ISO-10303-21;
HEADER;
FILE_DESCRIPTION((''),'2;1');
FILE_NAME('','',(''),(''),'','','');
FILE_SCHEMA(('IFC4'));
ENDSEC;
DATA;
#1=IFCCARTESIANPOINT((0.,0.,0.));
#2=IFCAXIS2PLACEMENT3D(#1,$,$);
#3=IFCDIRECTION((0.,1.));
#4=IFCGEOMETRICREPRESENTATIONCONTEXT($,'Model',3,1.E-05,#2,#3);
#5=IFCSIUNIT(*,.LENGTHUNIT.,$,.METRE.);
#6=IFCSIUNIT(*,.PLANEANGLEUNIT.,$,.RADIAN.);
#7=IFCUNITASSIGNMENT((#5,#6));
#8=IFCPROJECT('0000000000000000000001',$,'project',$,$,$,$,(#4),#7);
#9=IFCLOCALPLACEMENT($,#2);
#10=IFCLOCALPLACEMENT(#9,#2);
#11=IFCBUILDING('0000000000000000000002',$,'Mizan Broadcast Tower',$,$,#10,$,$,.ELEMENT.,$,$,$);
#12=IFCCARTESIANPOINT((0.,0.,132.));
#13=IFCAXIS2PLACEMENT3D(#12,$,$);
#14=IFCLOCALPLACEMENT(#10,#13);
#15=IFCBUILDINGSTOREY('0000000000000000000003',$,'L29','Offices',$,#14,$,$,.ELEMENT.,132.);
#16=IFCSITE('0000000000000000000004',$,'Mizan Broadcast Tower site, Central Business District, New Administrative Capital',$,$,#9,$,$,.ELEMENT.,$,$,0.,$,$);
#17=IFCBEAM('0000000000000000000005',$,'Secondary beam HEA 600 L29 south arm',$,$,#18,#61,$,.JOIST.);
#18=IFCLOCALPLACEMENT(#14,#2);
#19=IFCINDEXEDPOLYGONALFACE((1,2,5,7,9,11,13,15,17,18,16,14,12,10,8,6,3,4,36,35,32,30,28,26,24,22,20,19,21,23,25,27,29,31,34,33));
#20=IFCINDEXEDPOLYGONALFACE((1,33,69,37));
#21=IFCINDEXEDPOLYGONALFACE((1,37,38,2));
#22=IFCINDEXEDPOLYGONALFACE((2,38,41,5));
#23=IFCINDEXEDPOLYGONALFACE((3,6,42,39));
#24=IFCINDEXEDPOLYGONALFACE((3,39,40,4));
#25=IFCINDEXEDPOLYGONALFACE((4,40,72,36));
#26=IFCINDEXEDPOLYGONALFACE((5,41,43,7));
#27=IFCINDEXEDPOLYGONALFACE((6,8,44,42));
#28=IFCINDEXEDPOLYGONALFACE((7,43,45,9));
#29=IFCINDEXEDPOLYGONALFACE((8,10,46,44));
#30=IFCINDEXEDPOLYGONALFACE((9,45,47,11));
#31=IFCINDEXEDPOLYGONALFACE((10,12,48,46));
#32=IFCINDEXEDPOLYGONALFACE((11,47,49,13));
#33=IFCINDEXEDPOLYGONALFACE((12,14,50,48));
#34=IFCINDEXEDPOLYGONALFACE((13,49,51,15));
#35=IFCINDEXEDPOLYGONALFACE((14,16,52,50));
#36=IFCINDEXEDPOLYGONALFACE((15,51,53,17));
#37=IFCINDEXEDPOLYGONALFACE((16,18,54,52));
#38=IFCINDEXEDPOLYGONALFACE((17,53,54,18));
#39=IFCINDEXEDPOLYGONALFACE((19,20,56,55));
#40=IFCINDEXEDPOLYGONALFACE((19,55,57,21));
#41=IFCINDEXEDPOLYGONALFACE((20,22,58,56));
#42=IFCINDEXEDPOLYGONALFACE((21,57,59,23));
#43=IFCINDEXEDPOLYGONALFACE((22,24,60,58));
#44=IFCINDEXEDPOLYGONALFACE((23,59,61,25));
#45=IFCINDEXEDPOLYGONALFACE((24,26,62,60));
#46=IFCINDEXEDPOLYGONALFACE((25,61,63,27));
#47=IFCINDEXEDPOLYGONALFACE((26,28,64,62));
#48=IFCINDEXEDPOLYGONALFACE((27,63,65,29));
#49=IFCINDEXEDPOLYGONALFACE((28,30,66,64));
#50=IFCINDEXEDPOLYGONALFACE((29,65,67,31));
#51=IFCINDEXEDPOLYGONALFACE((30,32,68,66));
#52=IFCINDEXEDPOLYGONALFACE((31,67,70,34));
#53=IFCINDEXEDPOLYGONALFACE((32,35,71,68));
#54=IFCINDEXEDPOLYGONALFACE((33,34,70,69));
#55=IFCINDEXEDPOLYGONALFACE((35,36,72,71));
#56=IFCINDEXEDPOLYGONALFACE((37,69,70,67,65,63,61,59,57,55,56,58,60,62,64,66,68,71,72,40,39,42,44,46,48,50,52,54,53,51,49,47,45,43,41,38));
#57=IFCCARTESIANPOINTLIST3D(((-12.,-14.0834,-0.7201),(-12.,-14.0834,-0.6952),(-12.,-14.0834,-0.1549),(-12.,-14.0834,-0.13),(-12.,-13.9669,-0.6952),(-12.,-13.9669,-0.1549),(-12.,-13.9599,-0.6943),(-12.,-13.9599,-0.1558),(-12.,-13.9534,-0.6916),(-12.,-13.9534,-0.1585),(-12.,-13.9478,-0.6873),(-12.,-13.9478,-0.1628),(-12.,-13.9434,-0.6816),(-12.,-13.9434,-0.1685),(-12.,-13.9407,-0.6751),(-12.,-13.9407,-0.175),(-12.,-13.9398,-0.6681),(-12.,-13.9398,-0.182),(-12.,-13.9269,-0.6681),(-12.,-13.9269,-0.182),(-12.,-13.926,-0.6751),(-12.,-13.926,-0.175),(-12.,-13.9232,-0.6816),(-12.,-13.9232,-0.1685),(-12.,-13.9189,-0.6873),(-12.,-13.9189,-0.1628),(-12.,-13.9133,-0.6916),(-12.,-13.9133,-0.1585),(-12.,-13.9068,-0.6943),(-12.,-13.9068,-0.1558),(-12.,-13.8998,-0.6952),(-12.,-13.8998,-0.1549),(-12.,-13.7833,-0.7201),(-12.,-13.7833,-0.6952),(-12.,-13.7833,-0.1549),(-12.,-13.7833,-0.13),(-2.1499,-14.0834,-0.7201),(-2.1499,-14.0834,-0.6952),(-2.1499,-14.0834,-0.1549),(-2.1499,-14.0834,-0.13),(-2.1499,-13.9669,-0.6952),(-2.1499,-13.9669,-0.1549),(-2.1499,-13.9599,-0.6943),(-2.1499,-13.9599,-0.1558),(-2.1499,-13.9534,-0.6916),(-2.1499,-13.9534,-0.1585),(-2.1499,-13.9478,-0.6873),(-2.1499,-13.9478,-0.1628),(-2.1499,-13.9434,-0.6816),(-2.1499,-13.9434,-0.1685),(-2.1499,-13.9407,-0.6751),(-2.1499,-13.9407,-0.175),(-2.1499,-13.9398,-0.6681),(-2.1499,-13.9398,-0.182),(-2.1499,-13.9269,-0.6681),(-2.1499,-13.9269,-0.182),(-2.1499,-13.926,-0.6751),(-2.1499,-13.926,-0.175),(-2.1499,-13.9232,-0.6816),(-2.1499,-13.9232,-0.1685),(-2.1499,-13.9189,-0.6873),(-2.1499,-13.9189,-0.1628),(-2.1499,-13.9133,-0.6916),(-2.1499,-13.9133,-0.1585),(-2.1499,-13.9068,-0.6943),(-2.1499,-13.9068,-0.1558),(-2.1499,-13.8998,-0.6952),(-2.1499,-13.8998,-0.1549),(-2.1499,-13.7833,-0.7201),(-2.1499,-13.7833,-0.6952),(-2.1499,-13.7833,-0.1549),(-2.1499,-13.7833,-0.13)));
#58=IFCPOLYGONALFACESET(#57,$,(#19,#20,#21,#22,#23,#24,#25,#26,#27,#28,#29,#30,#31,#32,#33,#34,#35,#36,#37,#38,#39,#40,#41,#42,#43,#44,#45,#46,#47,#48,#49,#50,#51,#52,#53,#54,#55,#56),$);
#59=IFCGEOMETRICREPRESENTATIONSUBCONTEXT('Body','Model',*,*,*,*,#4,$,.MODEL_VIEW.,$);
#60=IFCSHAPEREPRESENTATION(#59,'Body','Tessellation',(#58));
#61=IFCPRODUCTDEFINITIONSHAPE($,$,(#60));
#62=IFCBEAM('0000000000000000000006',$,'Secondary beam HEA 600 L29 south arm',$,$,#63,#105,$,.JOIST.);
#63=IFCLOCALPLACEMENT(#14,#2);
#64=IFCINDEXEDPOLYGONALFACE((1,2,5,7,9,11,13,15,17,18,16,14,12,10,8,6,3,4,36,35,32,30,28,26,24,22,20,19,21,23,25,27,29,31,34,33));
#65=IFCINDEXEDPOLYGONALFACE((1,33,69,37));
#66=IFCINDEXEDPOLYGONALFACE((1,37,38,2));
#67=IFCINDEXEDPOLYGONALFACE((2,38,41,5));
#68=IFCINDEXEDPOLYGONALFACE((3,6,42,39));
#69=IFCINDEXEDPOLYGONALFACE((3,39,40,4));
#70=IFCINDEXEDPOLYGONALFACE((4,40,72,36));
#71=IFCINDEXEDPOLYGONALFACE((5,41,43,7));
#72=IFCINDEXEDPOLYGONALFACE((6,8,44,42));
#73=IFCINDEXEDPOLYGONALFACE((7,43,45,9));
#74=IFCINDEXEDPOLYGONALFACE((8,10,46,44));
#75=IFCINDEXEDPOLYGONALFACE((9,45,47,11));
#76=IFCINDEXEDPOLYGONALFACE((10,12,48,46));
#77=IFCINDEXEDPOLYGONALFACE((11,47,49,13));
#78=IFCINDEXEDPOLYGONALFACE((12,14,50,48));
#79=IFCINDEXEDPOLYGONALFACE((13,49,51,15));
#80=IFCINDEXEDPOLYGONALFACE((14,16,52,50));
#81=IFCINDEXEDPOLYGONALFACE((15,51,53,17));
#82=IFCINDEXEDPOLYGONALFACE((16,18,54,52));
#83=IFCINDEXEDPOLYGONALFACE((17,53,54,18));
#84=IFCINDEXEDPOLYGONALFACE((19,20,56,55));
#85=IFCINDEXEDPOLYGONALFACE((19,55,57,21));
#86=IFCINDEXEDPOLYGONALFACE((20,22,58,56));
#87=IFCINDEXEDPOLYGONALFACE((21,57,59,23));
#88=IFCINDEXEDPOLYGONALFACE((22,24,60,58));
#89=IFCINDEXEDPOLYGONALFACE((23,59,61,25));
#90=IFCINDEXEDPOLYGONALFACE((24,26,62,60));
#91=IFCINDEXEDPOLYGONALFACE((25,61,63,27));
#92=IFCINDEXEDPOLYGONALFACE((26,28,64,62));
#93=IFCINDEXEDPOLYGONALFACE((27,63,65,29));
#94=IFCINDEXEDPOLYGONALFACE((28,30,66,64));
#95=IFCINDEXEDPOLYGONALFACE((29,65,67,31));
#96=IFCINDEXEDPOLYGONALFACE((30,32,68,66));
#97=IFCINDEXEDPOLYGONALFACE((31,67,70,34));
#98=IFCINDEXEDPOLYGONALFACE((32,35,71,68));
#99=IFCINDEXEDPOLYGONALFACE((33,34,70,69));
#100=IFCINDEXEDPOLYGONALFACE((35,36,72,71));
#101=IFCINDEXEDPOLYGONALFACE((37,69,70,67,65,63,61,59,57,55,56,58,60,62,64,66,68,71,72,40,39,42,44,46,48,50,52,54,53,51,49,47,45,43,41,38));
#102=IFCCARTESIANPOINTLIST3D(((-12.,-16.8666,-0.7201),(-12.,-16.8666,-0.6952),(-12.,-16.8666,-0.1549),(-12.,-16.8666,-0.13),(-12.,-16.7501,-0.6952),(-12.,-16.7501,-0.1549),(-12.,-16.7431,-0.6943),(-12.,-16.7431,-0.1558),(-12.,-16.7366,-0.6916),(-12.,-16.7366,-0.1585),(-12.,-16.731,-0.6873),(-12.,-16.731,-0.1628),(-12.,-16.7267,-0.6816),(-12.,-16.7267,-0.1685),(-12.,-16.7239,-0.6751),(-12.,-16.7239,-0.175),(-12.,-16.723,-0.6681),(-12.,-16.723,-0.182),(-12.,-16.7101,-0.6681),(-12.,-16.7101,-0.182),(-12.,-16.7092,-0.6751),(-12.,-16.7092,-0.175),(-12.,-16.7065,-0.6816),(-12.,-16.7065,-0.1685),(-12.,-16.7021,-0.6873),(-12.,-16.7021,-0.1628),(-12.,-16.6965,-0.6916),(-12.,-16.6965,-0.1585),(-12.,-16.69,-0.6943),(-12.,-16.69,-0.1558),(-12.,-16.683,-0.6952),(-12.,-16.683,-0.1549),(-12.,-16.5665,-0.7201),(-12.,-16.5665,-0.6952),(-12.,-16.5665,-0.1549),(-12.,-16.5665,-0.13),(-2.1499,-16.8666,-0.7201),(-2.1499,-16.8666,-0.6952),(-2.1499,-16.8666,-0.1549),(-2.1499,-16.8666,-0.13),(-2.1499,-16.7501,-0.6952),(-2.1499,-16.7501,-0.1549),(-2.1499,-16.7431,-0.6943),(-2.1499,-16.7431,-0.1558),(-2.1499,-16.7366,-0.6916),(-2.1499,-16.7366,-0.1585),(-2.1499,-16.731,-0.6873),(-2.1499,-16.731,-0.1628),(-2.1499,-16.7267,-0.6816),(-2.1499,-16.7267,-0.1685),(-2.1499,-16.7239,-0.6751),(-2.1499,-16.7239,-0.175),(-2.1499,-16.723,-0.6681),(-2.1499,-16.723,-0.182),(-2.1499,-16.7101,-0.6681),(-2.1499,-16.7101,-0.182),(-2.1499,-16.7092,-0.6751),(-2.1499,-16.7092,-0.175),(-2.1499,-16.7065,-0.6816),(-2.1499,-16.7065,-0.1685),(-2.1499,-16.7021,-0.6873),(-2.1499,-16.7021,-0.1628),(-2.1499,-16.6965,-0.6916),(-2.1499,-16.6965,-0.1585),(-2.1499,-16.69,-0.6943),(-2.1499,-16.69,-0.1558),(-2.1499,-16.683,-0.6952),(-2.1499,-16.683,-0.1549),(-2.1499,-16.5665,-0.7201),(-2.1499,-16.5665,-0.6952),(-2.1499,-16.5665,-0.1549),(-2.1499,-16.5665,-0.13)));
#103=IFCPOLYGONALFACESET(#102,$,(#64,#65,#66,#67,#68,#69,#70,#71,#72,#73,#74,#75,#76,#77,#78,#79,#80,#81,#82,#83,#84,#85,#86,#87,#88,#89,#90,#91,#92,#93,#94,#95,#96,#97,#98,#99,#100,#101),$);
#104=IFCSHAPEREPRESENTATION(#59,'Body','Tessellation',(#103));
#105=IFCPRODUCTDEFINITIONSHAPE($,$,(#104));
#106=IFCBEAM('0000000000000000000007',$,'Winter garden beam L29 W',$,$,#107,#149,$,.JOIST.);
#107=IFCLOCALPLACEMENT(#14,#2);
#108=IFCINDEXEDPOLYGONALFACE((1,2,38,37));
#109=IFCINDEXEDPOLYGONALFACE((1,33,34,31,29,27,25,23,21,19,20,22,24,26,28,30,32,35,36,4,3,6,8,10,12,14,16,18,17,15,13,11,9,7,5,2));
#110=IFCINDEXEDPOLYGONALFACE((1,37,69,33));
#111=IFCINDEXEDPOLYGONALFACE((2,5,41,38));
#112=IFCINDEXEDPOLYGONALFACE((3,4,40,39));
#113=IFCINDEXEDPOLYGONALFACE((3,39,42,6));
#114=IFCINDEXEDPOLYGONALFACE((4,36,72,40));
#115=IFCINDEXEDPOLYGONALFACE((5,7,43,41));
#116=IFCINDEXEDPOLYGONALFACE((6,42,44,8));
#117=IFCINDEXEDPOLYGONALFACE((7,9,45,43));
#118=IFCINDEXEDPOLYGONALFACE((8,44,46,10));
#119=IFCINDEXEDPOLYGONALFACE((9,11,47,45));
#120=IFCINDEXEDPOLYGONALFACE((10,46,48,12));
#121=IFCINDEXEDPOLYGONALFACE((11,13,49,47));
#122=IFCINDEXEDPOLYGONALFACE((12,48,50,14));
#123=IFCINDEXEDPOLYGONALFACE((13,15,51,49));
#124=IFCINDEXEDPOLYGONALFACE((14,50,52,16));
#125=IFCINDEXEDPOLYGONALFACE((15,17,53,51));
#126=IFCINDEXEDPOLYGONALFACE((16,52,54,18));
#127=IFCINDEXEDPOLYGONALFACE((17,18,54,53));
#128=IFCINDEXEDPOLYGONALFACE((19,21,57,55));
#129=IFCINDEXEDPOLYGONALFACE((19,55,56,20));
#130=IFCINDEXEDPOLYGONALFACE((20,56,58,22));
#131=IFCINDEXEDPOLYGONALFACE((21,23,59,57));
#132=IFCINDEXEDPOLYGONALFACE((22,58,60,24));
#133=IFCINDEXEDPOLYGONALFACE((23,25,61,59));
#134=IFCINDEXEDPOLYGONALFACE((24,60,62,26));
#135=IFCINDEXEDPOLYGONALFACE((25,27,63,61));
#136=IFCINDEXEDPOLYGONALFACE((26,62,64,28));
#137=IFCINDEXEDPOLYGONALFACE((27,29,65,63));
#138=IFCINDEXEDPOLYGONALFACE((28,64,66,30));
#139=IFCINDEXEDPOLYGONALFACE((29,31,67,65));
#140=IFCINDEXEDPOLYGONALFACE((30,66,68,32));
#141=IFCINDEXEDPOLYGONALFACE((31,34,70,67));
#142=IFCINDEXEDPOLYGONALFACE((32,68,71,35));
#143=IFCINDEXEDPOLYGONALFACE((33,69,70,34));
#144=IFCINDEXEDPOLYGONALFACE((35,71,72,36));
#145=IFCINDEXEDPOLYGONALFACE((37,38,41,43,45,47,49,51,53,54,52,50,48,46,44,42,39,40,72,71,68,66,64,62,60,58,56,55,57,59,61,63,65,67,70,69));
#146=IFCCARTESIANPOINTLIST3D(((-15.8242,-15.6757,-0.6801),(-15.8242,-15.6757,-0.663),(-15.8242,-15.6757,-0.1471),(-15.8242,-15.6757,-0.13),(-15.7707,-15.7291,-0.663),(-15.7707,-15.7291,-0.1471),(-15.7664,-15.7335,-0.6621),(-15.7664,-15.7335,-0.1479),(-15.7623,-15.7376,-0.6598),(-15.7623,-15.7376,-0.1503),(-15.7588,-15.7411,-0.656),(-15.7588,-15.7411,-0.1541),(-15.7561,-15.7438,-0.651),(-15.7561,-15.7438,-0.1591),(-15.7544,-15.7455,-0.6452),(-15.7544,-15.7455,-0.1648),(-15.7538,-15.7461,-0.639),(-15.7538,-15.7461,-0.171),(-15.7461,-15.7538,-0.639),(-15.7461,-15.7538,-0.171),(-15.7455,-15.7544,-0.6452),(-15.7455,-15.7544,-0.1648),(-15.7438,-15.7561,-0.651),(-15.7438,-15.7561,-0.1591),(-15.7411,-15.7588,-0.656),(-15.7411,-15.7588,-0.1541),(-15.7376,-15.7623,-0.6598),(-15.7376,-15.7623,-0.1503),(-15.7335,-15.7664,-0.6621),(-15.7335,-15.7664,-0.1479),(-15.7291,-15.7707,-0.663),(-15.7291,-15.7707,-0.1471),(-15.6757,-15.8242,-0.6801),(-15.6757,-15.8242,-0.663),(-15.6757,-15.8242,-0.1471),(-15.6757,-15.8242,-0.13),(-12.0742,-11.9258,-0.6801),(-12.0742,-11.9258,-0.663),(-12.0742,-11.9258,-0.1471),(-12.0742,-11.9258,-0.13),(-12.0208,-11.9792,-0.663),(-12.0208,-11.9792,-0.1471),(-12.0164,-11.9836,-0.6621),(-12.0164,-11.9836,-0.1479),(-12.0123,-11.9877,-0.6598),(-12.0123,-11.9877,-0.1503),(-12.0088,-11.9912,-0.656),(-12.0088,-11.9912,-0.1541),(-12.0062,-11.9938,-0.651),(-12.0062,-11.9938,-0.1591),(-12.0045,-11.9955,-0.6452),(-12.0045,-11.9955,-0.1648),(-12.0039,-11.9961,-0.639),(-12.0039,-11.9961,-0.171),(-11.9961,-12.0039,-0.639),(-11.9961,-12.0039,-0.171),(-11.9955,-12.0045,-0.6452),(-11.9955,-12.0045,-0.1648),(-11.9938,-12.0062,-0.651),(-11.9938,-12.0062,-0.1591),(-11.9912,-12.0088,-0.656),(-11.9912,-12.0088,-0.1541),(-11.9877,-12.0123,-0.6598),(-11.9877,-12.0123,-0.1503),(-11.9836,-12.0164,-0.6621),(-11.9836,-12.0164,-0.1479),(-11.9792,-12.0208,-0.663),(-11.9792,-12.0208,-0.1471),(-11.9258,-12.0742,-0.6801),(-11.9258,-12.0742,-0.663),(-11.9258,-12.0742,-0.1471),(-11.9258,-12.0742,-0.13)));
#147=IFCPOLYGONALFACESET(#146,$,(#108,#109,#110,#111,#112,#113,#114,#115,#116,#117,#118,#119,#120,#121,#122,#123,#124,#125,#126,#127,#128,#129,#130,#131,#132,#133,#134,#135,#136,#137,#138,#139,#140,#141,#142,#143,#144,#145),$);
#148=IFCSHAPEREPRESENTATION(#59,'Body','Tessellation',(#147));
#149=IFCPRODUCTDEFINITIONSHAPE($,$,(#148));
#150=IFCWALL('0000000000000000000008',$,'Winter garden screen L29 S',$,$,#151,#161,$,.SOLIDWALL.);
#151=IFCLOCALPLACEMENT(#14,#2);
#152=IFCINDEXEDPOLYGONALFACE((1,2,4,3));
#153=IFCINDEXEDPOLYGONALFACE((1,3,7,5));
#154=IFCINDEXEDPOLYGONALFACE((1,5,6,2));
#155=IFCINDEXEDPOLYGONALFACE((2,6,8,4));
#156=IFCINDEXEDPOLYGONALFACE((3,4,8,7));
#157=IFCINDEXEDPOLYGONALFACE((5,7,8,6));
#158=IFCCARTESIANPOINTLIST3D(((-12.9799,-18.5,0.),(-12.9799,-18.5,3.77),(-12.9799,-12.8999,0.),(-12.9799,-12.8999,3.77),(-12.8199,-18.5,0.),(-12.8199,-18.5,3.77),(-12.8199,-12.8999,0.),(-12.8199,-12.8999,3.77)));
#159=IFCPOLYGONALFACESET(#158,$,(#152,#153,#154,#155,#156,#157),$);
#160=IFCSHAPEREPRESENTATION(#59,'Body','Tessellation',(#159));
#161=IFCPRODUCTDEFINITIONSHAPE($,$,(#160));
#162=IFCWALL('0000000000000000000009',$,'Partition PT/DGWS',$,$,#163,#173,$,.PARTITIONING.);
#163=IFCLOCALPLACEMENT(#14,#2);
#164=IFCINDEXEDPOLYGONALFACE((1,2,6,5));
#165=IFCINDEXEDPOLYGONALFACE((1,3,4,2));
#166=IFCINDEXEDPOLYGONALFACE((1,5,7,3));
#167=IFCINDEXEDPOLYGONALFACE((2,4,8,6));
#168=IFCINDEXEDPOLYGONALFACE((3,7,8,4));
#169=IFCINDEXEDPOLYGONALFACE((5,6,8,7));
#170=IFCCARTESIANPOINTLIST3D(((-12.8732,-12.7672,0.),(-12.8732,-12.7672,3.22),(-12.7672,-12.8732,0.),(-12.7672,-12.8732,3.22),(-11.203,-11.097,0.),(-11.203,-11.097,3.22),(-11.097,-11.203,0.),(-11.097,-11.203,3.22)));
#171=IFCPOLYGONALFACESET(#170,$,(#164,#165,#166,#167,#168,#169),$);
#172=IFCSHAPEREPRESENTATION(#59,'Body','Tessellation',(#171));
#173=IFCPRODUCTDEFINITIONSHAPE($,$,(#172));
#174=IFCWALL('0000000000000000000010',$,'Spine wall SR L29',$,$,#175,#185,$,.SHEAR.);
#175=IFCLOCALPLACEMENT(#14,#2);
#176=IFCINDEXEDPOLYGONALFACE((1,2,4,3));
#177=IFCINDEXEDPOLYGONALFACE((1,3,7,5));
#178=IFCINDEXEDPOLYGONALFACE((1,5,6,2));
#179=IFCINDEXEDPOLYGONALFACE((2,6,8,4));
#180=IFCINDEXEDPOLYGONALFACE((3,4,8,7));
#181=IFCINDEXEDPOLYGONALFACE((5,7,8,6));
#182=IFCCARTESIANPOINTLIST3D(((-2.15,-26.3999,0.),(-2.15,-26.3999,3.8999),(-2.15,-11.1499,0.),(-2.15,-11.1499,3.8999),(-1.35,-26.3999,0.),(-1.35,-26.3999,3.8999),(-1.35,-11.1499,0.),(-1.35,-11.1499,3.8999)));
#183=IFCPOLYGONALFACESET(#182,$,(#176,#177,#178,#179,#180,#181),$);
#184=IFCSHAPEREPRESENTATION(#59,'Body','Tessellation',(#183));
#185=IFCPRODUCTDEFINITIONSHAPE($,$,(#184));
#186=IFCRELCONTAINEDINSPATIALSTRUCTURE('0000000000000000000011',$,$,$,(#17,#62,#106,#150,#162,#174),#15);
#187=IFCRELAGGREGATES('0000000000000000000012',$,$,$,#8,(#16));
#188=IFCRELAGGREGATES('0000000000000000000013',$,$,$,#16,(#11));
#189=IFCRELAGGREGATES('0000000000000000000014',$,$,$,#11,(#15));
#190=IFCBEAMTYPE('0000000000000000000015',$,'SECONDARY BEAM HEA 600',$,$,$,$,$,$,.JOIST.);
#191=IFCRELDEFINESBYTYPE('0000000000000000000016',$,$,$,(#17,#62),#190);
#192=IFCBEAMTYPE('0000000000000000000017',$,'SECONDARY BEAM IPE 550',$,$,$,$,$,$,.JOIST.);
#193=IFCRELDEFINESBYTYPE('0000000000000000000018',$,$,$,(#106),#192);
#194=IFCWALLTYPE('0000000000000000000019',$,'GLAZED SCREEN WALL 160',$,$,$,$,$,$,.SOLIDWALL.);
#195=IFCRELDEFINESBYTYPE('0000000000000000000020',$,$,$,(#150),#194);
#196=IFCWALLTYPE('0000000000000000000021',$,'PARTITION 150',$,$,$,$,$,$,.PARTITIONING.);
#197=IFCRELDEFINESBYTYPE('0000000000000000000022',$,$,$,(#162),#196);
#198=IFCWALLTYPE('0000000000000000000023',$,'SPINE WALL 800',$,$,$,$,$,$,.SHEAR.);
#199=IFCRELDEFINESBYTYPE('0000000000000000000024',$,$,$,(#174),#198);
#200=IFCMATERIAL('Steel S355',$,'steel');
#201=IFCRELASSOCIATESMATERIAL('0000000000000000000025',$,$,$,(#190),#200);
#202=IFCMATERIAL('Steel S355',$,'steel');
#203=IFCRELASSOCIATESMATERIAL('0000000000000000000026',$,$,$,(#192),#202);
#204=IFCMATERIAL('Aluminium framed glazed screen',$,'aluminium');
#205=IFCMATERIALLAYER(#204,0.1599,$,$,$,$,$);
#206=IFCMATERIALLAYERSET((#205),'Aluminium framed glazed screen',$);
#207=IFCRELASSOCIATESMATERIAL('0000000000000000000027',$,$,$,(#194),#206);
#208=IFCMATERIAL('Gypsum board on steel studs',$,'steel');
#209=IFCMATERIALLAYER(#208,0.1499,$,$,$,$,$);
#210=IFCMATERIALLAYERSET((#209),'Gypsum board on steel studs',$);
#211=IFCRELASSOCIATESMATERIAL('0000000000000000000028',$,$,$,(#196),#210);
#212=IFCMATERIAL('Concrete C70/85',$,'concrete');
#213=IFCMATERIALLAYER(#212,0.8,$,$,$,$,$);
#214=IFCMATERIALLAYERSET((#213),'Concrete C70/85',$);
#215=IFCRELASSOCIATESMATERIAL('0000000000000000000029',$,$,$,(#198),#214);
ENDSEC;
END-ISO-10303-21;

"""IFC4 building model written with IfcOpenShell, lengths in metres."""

from ifc_helpers import new_model, si_unit, direction, frame, frame_2d, origin, origin_2d, place, context, subcontext, project, spatial, rectangle, i_section, extrude, material, layer, layer_set, material_profile, profile_set, type_object, element, save


model = new_model("IFC4")

# Units and contexts
model_context = context("Model", 3, precision=1e-05, world=origin(), true_north=direction((0.0, 1.0)))
body_context = subcontext(model_context, "Body", "Model", "MODEL_VIEW")
ifc_project = project(units=[si_unit("LENGTHUNIT", "METRE"), si_unit("PLANEANGLEUNIT", "RADIAN")], contexts=[model_context])

# Site, building, storey
site_placement = place(None, origin())
site = spatial("IfcSite", under=ifc_project, at=site_placement, Name="Mizan Broadcast Tower site, Central Business District, New Administrative Capital", CompositionType="ELEMENT", RefElevation=0.0)
building_placement = place(site_placement, origin())
building = spatial("IfcBuilding", under=site, at=building_placement, Name="Mizan Broadcast Tower", CompositionType="ELEMENT")
storey_placement = place(building_placement, frame((0.0, 0.0, 132.0)))
storey = spatial("IfcBuildingStorey", under=building, at=storey_placement, Name="L29", Description="Offices", CompositionType="ELEMENT", Elevation=132.0)

# Beams
ifc_material_1 = material(Name="Steel S355", Category="steel")
ifc_material_profile_1 = material_profile(ifc_material_1, i_section(OverallWidth=0.3, OverallDepth=0.5901, WebThickness=0.0129, FlangeThickness=0.0249, FilletRadius=0.0271, at=origin_2d()), Name="HEA 600")
ifc_profile_set_1 = profile_set([ifc_material_profile_1], Name="Steel S355")
beam_type_1 = type_object("IfcBeamType", Name="SECONDARY BEAM HEA 600", PredefinedType="JOIST", material=ifc_profile_set_1)
for number, where, z_axis, x_axis, name in (
    (1, (-12.0, -13.9333, -0.425), (1.0, 0.0, 0.0), (0.0, 1.0, 0.0), "Secondary beam HEA 600 L29 south arm"),
    (2, (-12.0, -16.7166, -0.425), (1.0, 0.0, 0.0), (0.0, 1.0, 0.0), "Secondary beam HEA 600 L29 south arm"),
):
    element("IfcBeam", number, at=place(storey_placement, frame(where, z_axis=z_axis, x_axis=x_axis)), inside=storey, type_object=beam_type_1, Name=name, PredefinedType="JOIST", context=body_context, shape_type="SweptSolid", body=[
        extrude(i_section(OverallWidth=0.3, OverallDepth=0.5901, WebThickness=0.0129, FlangeThickness=0.0249, FilletRadius=0.0271, at=origin_2d()), origin(), (0.0, 0.0, 1.0), 9.8501),
    ])
ifc_material_2 = material(Name="Steel S355", Category="steel")
ifc_material_profile_2 = material_profile(ifc_material_2, i_section(OverallWidth=0.21, OverallDepth=0.55, WebThickness=0.011, FlangeThickness=0.0171, FilletRadius=0.0239, at=origin_2d()), Name="IPE 550")
ifc_profile_set_2 = profile_set([ifc_material_profile_2], Name="Steel S355")
beam_type_2 = type_object("IfcBeamType", Name="SECONDARY BEAM IPE 550", PredefinedType="JOIST", material=ifc_profile_set_2)
beam_1_placement = place(storey_placement, frame((-12.0, -12.0, -0.405), z_axis=(-0.707107, -0.707107, 0.0), x_axis=(0.707107, -0.707107, 0.0)))
element("IfcBeam", 3, at=beam_1_placement, inside=storey, type_object=beam_type_2, Name="Winter garden beam L29 W", PredefinedType="JOIST", context=body_context, shape_type="SweptSolid", body=[
    extrude(i_section(OverallWidth=0.21, OverallDepth=0.55, WebThickness=0.011, FlangeThickness=0.0171, FilletRadius=0.0239, at=origin_2d()), origin(), (0.0, 0.0, 1.0), 5.3032),
])

# Walls
ifc_material_3 = material(Name="Aluminium framed glazed screen", Category="aluminium")
ifc_layer_1 = layer(ifc_material_3, 0.1599)
ifc_layer_set_1 = layer_set([ifc_layer_1], Name="Aluminium framed glazed screen")
wall_type_1 = type_object("IfcWallType", Name="GLAZED SCREEN WALL 160", PredefinedType="SOLIDWALL", material=ifc_layer_set_1)
wall_1_placement = place(storey_placement, frame((-12.8999, -12.8999, 0.0), z_axis=(0.0, 0.0, 1.0), x_axis=(0.0, -1.0, 0.0)))
element("IfcWall", 4, at=wall_1_placement, inside=storey, type_object=wall_type_1, Name="Winter garden screen L29 S", PredefinedType="SOLIDWALL", context=body_context, shape_type="SweptSolid", body=[
    extrude(rectangle(XDim=5.6001, YDim=0.1599, at=frame_2d((2.8, 0.0))), origin(), (0.0, 0.0, 1.0), 3.77),
])
ifc_material_4 = material(Name="Gypsum board on steel studs", Category="steel")
ifc_layer_2 = layer(ifc_material_4, 0.1499)
ifc_layer_set_2 = layer_set([ifc_layer_2], Name="Gypsum board on steel studs")
wall_type_2 = type_object("IfcWallType", Name="PARTITION 150", PredefinedType="PARTITIONING", material=ifc_layer_set_2)
wall_2_placement = place(storey_placement, frame((-11.1499, -11.1499, 0.0), z_axis=(0.0, 0.0, 1.0), x_axis=(-0.707107, -0.707107, 0.0)))
element("IfcWall", 5, at=wall_2_placement, inside=storey, type_object=wall_type_2, Name="Partition PT/DGWS", PredefinedType="PARTITIONING", context=body_context, shape_type="SweptSolid", body=[
    extrude(rectangle(XDim=2.3621, YDim=0.1499, at=frame_2d((1.1812, 0.0))), origin(), (0.0, 0.0, 1.0), 3.22),
])
ifc_material_5 = material(Name="Concrete C70/85", Category="concrete")
ifc_layer_3 = layer(ifc_material_5, 0.8)
ifc_layer_set_3 = layer_set([ifc_layer_3], Name="Concrete C70/85")
wall_type_3 = type_object("IfcWallType", Name="SPINE WALL 800", PredefinedType="SHEAR", material=ifc_layer_set_3)
wall_3_placement = place(storey_placement, frame((-1.75, -11.1499, 0.0), z_axis=(0.0, 0.0, 1.0), x_axis=(0.0, -1.0, 0.0)))
element("IfcWall", 6, at=wall_3_placement, inside=storey, type_object=wall_type_3, Name="Spine wall SR L29", PredefinedType="SHEAR", context=body_context, shape_type="SweptSolid", body=[
    extrude(rectangle(XDim=15.25, YDim=0.8, at=frame_2d((7.625, 0.0))), origin(), (0.0, 0.0, 1.0), 3.8999),
])

save(model, "model.ifc")
